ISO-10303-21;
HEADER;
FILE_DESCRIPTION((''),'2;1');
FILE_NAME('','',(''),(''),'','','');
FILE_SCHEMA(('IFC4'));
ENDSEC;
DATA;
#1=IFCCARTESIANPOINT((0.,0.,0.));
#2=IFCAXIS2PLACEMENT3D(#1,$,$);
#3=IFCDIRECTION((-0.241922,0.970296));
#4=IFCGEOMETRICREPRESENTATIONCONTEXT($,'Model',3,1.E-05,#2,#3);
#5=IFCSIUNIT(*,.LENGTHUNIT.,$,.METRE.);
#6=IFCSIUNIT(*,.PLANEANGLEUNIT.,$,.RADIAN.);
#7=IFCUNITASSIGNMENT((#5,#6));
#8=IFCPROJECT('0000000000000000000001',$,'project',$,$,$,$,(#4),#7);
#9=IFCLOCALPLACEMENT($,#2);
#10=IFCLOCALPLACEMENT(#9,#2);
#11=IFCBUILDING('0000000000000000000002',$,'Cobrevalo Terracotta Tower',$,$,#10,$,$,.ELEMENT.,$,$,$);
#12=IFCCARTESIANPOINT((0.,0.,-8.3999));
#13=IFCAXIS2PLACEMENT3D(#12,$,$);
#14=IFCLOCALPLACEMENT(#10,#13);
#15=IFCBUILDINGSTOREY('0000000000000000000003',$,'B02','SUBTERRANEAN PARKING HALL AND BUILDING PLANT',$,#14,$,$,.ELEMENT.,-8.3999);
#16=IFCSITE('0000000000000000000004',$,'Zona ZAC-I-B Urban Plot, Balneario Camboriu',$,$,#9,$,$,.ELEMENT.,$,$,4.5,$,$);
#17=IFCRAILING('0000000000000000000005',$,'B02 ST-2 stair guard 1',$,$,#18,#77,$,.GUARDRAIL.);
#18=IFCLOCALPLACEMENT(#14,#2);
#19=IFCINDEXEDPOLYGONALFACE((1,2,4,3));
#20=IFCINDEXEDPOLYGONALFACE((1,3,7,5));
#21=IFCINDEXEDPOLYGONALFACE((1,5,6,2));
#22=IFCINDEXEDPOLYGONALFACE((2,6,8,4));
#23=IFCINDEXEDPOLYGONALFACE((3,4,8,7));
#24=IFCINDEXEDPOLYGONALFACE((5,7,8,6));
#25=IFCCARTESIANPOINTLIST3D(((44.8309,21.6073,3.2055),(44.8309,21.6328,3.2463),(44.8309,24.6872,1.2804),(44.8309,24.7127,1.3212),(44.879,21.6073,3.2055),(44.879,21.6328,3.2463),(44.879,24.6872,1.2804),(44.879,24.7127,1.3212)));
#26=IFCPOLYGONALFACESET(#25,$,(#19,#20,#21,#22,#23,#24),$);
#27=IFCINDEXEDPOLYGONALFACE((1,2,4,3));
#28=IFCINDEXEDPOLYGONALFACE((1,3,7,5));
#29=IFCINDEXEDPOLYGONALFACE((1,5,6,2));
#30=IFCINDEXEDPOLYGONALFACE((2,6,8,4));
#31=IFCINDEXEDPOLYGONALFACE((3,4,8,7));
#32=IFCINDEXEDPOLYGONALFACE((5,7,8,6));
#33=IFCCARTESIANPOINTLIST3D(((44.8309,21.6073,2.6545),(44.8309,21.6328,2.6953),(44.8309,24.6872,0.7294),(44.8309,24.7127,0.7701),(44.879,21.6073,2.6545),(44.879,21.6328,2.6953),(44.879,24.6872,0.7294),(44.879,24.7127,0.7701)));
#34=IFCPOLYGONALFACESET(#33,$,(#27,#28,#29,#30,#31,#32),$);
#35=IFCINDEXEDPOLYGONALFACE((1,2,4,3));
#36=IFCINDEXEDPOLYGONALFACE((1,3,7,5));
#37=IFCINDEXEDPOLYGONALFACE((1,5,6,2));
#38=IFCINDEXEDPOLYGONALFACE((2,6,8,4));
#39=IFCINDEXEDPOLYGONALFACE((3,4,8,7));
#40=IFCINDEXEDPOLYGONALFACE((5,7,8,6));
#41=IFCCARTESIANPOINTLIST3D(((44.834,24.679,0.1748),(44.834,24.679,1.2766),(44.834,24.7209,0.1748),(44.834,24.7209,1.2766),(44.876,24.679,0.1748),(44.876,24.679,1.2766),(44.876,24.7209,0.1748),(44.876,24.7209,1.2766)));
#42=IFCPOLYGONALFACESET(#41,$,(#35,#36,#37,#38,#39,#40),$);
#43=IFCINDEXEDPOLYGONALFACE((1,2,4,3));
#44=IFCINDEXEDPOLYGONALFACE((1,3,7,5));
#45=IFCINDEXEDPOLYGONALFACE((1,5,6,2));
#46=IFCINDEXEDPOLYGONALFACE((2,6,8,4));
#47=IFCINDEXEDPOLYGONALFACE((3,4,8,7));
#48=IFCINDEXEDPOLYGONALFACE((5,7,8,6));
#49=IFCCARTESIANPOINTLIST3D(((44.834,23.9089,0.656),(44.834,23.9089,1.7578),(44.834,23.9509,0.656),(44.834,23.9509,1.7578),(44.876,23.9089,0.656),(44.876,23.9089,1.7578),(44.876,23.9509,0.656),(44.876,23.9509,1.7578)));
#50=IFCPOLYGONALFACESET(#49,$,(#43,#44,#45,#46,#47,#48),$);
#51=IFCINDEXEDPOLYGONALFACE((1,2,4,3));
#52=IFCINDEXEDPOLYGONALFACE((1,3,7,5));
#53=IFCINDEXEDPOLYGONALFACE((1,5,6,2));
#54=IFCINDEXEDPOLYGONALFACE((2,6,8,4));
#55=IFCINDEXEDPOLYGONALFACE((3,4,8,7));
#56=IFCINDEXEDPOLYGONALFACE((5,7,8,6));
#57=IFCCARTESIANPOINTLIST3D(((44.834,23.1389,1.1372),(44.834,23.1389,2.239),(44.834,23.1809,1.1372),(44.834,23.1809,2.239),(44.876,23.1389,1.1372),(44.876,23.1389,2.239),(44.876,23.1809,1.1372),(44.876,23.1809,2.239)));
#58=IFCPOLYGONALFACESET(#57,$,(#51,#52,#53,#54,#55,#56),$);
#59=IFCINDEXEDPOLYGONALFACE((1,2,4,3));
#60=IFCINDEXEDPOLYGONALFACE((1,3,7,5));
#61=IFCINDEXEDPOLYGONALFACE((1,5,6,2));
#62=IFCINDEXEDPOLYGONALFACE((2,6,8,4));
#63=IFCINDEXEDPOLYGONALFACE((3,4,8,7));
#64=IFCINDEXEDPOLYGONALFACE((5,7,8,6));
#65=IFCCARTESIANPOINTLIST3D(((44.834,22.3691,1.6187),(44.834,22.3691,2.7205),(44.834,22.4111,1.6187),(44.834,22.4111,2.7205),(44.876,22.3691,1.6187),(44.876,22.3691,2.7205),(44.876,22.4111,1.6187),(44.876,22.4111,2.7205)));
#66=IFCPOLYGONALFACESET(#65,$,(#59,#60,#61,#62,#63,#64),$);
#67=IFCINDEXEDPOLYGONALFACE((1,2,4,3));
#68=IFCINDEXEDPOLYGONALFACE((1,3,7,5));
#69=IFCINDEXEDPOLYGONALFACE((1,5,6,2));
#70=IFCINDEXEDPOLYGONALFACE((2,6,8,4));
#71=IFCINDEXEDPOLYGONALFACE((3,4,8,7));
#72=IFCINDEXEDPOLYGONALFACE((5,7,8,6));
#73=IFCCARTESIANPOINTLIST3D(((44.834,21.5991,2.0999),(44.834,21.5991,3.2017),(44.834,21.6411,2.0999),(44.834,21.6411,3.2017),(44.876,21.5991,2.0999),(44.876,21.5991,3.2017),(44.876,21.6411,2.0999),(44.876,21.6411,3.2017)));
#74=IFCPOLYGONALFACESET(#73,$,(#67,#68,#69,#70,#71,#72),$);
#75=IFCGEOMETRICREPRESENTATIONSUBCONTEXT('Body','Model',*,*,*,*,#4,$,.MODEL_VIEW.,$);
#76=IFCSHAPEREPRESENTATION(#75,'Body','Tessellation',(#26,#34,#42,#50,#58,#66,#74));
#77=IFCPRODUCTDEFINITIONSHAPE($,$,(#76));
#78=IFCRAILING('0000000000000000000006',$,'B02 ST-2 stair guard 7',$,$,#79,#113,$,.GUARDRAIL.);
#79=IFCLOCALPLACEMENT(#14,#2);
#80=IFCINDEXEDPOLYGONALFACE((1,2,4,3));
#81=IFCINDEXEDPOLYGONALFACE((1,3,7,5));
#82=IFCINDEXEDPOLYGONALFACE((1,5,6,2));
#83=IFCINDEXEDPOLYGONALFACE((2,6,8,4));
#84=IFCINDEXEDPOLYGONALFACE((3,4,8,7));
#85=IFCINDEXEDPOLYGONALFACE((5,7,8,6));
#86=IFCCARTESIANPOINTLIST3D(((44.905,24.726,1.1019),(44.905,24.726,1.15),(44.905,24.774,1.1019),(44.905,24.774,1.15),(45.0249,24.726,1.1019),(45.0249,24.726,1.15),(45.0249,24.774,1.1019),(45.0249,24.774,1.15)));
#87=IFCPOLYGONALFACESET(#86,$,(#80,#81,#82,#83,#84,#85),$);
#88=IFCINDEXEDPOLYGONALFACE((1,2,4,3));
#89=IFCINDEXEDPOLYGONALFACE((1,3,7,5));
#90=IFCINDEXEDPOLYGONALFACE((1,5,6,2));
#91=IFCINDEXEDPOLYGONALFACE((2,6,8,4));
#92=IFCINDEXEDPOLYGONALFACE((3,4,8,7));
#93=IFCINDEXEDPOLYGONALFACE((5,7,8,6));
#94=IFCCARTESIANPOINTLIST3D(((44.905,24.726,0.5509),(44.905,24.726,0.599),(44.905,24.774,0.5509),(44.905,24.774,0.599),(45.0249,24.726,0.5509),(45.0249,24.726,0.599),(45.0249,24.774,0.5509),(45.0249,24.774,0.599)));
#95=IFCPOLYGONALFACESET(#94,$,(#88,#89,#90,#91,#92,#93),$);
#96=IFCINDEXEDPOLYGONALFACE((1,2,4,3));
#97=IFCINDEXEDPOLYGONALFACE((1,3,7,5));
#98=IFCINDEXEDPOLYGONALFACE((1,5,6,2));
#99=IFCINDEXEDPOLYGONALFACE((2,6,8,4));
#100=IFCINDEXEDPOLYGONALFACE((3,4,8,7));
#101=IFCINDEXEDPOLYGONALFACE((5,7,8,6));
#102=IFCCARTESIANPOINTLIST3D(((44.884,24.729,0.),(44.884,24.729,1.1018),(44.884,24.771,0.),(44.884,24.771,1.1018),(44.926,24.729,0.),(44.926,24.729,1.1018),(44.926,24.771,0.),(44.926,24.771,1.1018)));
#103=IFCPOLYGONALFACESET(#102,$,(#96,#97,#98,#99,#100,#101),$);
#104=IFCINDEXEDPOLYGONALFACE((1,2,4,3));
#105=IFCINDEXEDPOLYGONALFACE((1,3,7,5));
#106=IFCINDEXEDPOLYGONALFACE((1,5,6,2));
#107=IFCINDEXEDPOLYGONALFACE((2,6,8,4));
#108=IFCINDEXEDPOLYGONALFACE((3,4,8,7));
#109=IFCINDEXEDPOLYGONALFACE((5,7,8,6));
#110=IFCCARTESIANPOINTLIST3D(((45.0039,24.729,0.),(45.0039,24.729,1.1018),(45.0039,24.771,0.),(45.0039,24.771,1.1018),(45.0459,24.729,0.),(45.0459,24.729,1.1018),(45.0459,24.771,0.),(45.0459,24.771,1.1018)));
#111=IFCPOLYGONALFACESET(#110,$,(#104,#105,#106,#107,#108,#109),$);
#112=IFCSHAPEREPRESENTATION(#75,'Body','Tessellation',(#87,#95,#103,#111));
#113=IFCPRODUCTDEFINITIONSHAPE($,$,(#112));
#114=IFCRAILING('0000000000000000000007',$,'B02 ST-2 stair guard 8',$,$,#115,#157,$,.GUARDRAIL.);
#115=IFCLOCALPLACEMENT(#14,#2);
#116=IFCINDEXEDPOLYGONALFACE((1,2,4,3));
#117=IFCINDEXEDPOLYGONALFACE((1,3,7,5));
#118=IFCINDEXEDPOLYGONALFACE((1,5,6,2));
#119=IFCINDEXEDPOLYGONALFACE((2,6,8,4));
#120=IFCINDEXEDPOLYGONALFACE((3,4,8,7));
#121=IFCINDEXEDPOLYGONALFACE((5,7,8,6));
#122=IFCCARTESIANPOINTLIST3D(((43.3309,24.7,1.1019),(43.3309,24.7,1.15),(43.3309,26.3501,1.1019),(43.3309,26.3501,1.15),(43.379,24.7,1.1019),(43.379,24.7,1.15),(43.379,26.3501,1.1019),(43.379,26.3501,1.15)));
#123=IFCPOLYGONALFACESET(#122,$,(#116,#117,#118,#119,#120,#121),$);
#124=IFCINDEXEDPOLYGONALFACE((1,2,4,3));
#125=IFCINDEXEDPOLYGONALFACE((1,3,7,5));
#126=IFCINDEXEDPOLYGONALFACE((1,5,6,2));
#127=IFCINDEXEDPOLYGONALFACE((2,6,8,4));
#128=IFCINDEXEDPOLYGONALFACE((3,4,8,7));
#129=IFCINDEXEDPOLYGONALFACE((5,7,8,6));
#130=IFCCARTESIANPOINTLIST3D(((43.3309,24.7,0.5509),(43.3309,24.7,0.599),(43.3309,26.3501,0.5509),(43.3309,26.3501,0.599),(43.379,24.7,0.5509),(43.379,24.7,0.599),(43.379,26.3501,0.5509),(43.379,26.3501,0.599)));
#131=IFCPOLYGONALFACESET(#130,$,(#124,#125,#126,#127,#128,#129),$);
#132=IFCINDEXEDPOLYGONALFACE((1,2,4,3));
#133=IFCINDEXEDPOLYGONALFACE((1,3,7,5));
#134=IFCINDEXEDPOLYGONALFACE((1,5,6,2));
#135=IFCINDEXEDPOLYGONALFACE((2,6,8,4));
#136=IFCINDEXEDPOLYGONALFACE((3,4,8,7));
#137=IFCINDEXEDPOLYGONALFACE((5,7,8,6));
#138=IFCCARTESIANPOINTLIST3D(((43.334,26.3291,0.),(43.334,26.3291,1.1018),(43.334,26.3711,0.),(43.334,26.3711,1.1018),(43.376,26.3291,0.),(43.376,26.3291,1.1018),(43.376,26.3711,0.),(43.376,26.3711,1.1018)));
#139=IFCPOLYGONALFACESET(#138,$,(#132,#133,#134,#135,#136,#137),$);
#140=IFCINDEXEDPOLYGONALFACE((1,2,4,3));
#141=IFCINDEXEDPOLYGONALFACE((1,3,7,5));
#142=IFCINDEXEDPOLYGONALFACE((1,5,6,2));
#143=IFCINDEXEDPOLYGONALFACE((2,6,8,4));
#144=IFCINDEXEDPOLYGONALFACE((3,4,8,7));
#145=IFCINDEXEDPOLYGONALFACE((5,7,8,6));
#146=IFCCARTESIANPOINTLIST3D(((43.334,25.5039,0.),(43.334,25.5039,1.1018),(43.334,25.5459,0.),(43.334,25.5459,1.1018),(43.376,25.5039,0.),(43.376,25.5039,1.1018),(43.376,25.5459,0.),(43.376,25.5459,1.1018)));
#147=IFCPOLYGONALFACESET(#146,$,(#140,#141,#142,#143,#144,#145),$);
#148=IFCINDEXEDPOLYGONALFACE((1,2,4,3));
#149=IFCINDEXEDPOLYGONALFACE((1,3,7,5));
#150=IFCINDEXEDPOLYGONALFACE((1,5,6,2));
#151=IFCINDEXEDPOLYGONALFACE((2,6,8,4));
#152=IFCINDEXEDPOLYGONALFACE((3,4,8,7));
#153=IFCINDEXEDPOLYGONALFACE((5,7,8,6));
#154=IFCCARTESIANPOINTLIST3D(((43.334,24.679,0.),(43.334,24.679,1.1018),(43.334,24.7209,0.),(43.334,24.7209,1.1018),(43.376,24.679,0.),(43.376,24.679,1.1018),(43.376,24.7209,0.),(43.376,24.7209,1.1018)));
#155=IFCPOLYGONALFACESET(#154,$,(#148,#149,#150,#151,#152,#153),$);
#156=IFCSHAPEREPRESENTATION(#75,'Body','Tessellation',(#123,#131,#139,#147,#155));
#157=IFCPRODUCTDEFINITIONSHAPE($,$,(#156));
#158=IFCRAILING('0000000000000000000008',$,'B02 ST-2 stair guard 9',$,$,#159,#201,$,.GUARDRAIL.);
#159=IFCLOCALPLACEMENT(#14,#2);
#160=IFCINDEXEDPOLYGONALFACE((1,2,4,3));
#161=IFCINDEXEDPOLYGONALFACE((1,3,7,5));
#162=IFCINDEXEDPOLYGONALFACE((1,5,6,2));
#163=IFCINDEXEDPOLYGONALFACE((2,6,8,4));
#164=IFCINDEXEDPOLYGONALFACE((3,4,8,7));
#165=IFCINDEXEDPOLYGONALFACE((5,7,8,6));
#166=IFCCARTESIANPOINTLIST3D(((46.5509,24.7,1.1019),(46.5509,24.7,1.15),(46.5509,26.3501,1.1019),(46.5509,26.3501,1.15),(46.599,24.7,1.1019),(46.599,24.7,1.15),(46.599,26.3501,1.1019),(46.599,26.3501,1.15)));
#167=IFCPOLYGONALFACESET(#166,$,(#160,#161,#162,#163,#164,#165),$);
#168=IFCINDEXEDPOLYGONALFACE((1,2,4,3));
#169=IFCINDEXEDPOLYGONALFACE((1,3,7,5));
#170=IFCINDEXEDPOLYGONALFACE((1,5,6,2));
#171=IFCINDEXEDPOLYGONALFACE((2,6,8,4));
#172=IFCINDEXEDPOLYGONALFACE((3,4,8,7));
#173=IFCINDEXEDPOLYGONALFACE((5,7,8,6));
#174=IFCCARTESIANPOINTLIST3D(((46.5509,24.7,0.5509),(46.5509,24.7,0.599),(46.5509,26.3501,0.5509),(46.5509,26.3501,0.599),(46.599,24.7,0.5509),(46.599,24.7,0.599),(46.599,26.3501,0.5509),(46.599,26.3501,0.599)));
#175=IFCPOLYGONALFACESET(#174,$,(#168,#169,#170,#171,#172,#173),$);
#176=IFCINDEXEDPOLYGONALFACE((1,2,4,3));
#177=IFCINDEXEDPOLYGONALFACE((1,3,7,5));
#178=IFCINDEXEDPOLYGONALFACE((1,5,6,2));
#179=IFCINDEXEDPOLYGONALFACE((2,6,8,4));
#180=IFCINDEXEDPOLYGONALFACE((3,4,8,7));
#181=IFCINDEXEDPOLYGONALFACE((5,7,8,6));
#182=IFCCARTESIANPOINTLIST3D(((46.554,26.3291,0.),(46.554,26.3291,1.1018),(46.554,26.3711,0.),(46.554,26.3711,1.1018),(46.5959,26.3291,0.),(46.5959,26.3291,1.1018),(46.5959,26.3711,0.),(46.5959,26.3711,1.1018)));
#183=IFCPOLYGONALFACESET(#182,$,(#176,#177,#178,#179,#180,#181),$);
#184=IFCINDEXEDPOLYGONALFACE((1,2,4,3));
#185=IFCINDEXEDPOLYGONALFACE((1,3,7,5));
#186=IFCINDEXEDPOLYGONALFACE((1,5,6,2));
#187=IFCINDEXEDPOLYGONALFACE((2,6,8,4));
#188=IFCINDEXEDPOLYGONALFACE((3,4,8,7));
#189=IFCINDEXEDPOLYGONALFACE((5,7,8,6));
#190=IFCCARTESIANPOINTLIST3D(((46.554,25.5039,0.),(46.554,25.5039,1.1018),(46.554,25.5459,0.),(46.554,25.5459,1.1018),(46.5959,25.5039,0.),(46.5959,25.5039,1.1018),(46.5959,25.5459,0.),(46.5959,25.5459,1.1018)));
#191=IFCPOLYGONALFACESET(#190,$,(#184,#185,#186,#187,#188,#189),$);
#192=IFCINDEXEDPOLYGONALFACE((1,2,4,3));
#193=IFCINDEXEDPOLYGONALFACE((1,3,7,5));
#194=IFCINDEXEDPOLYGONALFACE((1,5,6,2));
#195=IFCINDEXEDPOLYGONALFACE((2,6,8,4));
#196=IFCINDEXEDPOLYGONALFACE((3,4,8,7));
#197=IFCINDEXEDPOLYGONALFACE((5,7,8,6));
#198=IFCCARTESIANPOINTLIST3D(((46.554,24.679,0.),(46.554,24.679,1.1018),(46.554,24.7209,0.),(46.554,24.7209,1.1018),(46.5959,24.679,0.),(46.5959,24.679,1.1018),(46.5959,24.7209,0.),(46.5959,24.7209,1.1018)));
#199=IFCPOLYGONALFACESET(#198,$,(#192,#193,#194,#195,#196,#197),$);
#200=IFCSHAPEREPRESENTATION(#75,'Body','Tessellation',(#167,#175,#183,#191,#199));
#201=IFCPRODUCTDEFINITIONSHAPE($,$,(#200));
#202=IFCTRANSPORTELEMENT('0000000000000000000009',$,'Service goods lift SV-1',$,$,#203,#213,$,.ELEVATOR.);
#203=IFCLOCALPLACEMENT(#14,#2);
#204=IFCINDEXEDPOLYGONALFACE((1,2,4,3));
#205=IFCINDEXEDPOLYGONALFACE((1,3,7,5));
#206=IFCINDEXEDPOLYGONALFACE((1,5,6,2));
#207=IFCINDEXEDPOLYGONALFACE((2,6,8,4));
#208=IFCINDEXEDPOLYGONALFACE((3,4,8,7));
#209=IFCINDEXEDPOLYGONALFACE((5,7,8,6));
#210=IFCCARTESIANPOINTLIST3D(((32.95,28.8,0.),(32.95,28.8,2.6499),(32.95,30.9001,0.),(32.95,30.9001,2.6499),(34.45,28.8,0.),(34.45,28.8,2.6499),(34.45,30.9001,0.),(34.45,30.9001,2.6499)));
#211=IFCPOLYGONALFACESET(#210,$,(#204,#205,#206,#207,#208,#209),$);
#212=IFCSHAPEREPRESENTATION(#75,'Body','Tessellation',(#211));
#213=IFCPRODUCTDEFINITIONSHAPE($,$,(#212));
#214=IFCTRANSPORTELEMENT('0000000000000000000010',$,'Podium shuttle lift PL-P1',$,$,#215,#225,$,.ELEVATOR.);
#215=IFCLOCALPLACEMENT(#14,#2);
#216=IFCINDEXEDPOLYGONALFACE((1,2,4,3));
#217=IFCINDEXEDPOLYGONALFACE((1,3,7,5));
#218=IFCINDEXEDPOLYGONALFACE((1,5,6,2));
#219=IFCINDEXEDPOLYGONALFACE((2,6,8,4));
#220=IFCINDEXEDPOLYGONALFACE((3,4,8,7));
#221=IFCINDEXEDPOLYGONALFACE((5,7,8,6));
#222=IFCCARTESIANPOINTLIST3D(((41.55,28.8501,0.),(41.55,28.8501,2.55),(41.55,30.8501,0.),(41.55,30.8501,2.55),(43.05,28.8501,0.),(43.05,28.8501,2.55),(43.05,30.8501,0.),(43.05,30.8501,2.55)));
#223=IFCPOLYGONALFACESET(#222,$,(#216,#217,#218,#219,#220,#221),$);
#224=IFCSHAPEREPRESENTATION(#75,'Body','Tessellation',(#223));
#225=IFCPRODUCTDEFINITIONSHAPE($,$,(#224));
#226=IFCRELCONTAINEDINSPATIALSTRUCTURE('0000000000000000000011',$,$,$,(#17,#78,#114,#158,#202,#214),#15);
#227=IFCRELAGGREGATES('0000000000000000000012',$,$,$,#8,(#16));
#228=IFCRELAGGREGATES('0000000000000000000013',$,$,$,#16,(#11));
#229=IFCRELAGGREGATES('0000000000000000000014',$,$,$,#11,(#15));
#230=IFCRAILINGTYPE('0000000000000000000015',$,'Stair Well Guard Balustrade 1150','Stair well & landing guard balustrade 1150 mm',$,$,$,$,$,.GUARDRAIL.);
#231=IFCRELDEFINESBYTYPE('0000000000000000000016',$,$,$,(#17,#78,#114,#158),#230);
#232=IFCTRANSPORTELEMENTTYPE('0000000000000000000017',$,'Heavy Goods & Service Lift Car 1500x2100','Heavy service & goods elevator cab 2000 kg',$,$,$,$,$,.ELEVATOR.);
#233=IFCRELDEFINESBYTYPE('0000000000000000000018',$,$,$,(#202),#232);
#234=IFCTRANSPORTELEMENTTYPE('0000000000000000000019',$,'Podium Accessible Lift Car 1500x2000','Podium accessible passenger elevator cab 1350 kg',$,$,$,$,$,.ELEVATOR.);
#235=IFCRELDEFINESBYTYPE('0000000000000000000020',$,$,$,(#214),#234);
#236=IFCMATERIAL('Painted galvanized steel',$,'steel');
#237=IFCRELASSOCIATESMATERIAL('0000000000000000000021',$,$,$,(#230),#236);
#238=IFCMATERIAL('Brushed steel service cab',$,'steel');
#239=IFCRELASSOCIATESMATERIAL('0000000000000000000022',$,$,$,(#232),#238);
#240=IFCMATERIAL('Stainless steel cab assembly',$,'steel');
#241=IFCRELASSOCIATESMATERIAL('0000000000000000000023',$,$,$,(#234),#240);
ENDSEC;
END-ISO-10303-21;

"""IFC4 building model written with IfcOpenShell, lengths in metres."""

from ifc_helpers import new_model, si_unit, direction, frame, origin, origin_2d, place, context, subcontext, project, spatial, rectangle, extrude, source, transform, mapped, material, type_object, element, save


model = new_model("IFC4")

# Units and contexts
model_context = context("Model", 3, precision=1e-05, world=origin(), true_north=direction((-0.241922, 0.970296)))
body_context = subcontext(model_context, "Body", "Model", "MODEL_VIEW")
ifc_project = project(units=[si_unit("LENGTHUNIT", "METRE"), si_unit("PLANEANGLEUNIT", "RADIAN")], contexts=[model_context])

# Site, building, storey
site_placement = place(None, origin())
site = spatial("IfcSite", under=ifc_project, at=site_placement, Name="Zona ZAC-I-B Urban Plot, Balneario Camboriu", CompositionType="ELEMENT", RefElevation=4.5)
building_placement = place(site_placement, origin())
building = spatial("IfcBuilding", under=site, at=building_placement, Name="Cobrevalo Terracotta Tower", CompositionType="ELEMENT")
storey_placement = place(building_placement, frame((0.0, 0.0, -8.3999)))
storey = spatial("IfcBuildingStorey", under=building, at=storey_placement, Name="B02", Description="SUBTERRANEAN PARKING HALL AND BUILDING PLANT", CompositionType="ELEMENT", Elevation=-8.3999)

# Railings
ifc_material_1 = material(Name="Painted galvanized steel", Category="steel")
railing_type_1 = type_object("IfcRailingType", Name="Stair Well Guard Balustrade 1150", Description="Stair well & landing guard balustrade 1150 mm", PredefinedType="GUARDRAIL", material=ifc_material_1)
railing_1_placement = place(storey_placement, frame((44.855, 24.7, 0.1748)))
element("IfcRailing", 1, at=railing_1_placement, inside=storey, type_object=railing_type_1, Name="B02 ST-2 stair guard 1", PredefinedType="GUARDRAIL", context=body_context, shape_type="SweptSolid", body=[
    extrude(rectangle(XDim=0.0481, YDim=0.0481, at=origin_2d()), frame((0.0, 0.0, 1.126), z_axis=(0.0, -0.847979, 0.530029), x_axis=(1.0, 0.0, 0.0)), (0.0, 0.0, 1.0), 3.6321),
    extrude(rectangle(XDim=0.0481, YDim=0.0481, at=origin_2d()), frame((0.0, 0.0, 0.575), z_axis=(0.0, -0.847979, 0.530029), x_axis=(1.0, 0.0, 0.0)), (0.0, 0.0, 1.0), 3.6321),
    extrude(rectangle(XDim=0.042, YDim=0.042, at=origin_2d()), origin(), (0.0, 0.0, 1.0), 1.1018),
    extrude(rectangle(XDim=0.042, YDim=0.042, at=origin_2d()), frame((0.0, -0.77, 0.4812)), (0.0, 0.0, 1.0), 1.1018),
    extrude(rectangle(XDim=0.042, YDim=0.042, at=origin_2d()), frame((0.0, -1.54, 0.9624)), (0.0, 0.0, 1.0), 1.1018),
    extrude(rectangle(XDim=0.042, YDim=0.042, at=origin_2d()), frame((0.0, -2.3098, 1.4438)), (0.0, 0.0, 1.0), 1.1018),
    extrude(rectangle(XDim=0.042, YDim=0.042, at=origin_2d()), frame((0.0, -3.0798, 1.925)), (0.0, 0.0, 1.0), 1.1018),
])
railing_2_placement = place(storey_placement, frame((44.905, 24.75, 0.0)))
element("IfcRailing", 2, at=railing_2_placement, inside=storey, type_object=railing_type_1, Name="B02 ST-2 stair guard 7", PredefinedType="GUARDRAIL", context=body_context, shape_type="SweptSolid", body=[
    extrude(rectangle(XDim=0.0481, YDim=0.0481, at=origin_2d()), frame((0.0, 0.0, 1.126), z_axis=(1.0, 0.0, 0.0), x_axis=(0.0, 1.0, 0.0)), (0.0, 0.0, 1.0), 0.1199),
    extrude(rectangle(XDim=0.0481, YDim=0.0481, at=origin_2d()), frame((0.0, 0.0, 0.575), z_axis=(1.0, 0.0, 0.0), x_axis=(0.0, 1.0, 0.0)), (0.0, 0.0, 1.0), 0.1199),
    extrude(rectangle(XDim=0.042, YDim=0.042, at=origin_2d()), origin(), (0.0, 0.0, 1.0), 1.1018),
    extrude(rectangle(XDim=0.042, YDim=0.042, at=origin_2d()), frame((0.1199, 0.0, 0.0)), (0.0, 0.0, 1.0), 1.1018),
])
for number, where, name in (
    (3, (43.355, 26.3501, 0.0), "B02 ST-2 stair guard 8"),
    (4, (46.575, 26.3501, 0.0), "B02 ST-2 stair guard 9"),
):
    element("IfcRailing", number, at=place(storey_placement, frame(where)), inside=storey, type_object=railing_type_1, Name=name, PredefinedType="GUARDRAIL", context=body_context, shape_type="SweptSolid", body=[
        extrude(rectangle(XDim=0.0481, YDim=0.0481, at=origin_2d()), frame((0.0, 0.0, 1.126), z_axis=(0.0, -1.0, 0.0), x_axis=(1.0, 0.0, 0.0)), (0.0, 0.0, 1.0), 1.6501),
        extrude(rectangle(XDim=0.0481, YDim=0.0481, at=origin_2d()), frame((0.0, 0.0, 0.575), z_axis=(0.0, -1.0, 0.0), x_axis=(1.0, 0.0, 0.0)), (0.0, 0.0, 1.0), 1.6501),
        extrude(rectangle(XDim=0.042, YDim=0.042, at=origin_2d()), origin(), (0.0, 0.0, 1.0), 1.1018),
        extrude(rectangle(XDim=0.042, YDim=0.042, at=origin_2d()), frame((0.0, -0.8252, 0.0)), (0.0, 0.0, 1.0), 1.1018),
        extrude(rectangle(XDim=0.042, YDim=0.042, at=origin_2d()), frame((0.0, -1.6501, 0.0)), (0.0, 0.0, 1.0), 1.1018),
    ])

# Transport elements
ifc_material_2 = material(Name="Brushed steel service cab", Category="steel")
transport_element_type_1 = type_object("IfcTransportElementType", Name="Heavy Goods & Service Lift Car 1500x2100", Description="Heavy service & goods elevator cab 2000 kg", PredefinedType="ELEVATOR", material=ifc_material_2)
shared_shape_1 = source(origin(), body_context, "Body", "SweptSolid", [
    extrude(rectangle(XDim=1.5, YDim=2.1001, at=origin_2d()), origin(), (0.0, 0.0, 1.0), 2.6499),
])
transport_element_1_placement = place(storey_placement, frame((33.7, 29.8501, 0.0), z_axis=(0.0, 0.0, 1.0), x_axis=(1.0, 0.0, 0.0)))
element("IfcTransportElement", 5, at=transport_element_1_placement, inside=storey, type_object=transport_element_type_1, Name="Service goods lift SV-1", PredefinedType="ELEVATOR", context=body_context, shape_type="MappedRepresentation", body=[
    mapped(shared_shape_1, transform((0.0, 0.0, 0.0), scale=1.0)),
])
ifc_material_3 = material(Name="Stainless steel cab assembly", Category="steel")
transport_element_type_2 = type_object("IfcTransportElementType", Name="Podium Accessible Lift Car 1500x2000", Description="Podium accessible passenger elevator cab 1350 kg", PredefinedType="ELEVATOR", material=ifc_material_3)
shared_shape_2 = source(origin(), body_context, "Body", "SweptSolid", [
    extrude(rectangle(XDim=1.5, YDim=2.0, at=origin_2d()), origin(), (0.0, 0.0, 1.0), 2.55),
])
transport_element_2_placement = place(storey_placement, frame((42.3, 29.8501, 0.0), z_axis=(0.0, 0.0, 1.0), x_axis=(1.0, 0.0, 0.0)))
element("IfcTransportElement", 6, at=transport_element_2_placement, inside=storey, type_object=transport_element_type_2, Name="Podium shuttle lift PL-P1", PredefinedType="ELEVATOR", context=body_context, shape_type="MappedRepresentation", body=[
    mapped(shared_shape_2, transform((0.0, 0.0, 0.0), scale=1.0)),
])

save(model, "model.ifc")
